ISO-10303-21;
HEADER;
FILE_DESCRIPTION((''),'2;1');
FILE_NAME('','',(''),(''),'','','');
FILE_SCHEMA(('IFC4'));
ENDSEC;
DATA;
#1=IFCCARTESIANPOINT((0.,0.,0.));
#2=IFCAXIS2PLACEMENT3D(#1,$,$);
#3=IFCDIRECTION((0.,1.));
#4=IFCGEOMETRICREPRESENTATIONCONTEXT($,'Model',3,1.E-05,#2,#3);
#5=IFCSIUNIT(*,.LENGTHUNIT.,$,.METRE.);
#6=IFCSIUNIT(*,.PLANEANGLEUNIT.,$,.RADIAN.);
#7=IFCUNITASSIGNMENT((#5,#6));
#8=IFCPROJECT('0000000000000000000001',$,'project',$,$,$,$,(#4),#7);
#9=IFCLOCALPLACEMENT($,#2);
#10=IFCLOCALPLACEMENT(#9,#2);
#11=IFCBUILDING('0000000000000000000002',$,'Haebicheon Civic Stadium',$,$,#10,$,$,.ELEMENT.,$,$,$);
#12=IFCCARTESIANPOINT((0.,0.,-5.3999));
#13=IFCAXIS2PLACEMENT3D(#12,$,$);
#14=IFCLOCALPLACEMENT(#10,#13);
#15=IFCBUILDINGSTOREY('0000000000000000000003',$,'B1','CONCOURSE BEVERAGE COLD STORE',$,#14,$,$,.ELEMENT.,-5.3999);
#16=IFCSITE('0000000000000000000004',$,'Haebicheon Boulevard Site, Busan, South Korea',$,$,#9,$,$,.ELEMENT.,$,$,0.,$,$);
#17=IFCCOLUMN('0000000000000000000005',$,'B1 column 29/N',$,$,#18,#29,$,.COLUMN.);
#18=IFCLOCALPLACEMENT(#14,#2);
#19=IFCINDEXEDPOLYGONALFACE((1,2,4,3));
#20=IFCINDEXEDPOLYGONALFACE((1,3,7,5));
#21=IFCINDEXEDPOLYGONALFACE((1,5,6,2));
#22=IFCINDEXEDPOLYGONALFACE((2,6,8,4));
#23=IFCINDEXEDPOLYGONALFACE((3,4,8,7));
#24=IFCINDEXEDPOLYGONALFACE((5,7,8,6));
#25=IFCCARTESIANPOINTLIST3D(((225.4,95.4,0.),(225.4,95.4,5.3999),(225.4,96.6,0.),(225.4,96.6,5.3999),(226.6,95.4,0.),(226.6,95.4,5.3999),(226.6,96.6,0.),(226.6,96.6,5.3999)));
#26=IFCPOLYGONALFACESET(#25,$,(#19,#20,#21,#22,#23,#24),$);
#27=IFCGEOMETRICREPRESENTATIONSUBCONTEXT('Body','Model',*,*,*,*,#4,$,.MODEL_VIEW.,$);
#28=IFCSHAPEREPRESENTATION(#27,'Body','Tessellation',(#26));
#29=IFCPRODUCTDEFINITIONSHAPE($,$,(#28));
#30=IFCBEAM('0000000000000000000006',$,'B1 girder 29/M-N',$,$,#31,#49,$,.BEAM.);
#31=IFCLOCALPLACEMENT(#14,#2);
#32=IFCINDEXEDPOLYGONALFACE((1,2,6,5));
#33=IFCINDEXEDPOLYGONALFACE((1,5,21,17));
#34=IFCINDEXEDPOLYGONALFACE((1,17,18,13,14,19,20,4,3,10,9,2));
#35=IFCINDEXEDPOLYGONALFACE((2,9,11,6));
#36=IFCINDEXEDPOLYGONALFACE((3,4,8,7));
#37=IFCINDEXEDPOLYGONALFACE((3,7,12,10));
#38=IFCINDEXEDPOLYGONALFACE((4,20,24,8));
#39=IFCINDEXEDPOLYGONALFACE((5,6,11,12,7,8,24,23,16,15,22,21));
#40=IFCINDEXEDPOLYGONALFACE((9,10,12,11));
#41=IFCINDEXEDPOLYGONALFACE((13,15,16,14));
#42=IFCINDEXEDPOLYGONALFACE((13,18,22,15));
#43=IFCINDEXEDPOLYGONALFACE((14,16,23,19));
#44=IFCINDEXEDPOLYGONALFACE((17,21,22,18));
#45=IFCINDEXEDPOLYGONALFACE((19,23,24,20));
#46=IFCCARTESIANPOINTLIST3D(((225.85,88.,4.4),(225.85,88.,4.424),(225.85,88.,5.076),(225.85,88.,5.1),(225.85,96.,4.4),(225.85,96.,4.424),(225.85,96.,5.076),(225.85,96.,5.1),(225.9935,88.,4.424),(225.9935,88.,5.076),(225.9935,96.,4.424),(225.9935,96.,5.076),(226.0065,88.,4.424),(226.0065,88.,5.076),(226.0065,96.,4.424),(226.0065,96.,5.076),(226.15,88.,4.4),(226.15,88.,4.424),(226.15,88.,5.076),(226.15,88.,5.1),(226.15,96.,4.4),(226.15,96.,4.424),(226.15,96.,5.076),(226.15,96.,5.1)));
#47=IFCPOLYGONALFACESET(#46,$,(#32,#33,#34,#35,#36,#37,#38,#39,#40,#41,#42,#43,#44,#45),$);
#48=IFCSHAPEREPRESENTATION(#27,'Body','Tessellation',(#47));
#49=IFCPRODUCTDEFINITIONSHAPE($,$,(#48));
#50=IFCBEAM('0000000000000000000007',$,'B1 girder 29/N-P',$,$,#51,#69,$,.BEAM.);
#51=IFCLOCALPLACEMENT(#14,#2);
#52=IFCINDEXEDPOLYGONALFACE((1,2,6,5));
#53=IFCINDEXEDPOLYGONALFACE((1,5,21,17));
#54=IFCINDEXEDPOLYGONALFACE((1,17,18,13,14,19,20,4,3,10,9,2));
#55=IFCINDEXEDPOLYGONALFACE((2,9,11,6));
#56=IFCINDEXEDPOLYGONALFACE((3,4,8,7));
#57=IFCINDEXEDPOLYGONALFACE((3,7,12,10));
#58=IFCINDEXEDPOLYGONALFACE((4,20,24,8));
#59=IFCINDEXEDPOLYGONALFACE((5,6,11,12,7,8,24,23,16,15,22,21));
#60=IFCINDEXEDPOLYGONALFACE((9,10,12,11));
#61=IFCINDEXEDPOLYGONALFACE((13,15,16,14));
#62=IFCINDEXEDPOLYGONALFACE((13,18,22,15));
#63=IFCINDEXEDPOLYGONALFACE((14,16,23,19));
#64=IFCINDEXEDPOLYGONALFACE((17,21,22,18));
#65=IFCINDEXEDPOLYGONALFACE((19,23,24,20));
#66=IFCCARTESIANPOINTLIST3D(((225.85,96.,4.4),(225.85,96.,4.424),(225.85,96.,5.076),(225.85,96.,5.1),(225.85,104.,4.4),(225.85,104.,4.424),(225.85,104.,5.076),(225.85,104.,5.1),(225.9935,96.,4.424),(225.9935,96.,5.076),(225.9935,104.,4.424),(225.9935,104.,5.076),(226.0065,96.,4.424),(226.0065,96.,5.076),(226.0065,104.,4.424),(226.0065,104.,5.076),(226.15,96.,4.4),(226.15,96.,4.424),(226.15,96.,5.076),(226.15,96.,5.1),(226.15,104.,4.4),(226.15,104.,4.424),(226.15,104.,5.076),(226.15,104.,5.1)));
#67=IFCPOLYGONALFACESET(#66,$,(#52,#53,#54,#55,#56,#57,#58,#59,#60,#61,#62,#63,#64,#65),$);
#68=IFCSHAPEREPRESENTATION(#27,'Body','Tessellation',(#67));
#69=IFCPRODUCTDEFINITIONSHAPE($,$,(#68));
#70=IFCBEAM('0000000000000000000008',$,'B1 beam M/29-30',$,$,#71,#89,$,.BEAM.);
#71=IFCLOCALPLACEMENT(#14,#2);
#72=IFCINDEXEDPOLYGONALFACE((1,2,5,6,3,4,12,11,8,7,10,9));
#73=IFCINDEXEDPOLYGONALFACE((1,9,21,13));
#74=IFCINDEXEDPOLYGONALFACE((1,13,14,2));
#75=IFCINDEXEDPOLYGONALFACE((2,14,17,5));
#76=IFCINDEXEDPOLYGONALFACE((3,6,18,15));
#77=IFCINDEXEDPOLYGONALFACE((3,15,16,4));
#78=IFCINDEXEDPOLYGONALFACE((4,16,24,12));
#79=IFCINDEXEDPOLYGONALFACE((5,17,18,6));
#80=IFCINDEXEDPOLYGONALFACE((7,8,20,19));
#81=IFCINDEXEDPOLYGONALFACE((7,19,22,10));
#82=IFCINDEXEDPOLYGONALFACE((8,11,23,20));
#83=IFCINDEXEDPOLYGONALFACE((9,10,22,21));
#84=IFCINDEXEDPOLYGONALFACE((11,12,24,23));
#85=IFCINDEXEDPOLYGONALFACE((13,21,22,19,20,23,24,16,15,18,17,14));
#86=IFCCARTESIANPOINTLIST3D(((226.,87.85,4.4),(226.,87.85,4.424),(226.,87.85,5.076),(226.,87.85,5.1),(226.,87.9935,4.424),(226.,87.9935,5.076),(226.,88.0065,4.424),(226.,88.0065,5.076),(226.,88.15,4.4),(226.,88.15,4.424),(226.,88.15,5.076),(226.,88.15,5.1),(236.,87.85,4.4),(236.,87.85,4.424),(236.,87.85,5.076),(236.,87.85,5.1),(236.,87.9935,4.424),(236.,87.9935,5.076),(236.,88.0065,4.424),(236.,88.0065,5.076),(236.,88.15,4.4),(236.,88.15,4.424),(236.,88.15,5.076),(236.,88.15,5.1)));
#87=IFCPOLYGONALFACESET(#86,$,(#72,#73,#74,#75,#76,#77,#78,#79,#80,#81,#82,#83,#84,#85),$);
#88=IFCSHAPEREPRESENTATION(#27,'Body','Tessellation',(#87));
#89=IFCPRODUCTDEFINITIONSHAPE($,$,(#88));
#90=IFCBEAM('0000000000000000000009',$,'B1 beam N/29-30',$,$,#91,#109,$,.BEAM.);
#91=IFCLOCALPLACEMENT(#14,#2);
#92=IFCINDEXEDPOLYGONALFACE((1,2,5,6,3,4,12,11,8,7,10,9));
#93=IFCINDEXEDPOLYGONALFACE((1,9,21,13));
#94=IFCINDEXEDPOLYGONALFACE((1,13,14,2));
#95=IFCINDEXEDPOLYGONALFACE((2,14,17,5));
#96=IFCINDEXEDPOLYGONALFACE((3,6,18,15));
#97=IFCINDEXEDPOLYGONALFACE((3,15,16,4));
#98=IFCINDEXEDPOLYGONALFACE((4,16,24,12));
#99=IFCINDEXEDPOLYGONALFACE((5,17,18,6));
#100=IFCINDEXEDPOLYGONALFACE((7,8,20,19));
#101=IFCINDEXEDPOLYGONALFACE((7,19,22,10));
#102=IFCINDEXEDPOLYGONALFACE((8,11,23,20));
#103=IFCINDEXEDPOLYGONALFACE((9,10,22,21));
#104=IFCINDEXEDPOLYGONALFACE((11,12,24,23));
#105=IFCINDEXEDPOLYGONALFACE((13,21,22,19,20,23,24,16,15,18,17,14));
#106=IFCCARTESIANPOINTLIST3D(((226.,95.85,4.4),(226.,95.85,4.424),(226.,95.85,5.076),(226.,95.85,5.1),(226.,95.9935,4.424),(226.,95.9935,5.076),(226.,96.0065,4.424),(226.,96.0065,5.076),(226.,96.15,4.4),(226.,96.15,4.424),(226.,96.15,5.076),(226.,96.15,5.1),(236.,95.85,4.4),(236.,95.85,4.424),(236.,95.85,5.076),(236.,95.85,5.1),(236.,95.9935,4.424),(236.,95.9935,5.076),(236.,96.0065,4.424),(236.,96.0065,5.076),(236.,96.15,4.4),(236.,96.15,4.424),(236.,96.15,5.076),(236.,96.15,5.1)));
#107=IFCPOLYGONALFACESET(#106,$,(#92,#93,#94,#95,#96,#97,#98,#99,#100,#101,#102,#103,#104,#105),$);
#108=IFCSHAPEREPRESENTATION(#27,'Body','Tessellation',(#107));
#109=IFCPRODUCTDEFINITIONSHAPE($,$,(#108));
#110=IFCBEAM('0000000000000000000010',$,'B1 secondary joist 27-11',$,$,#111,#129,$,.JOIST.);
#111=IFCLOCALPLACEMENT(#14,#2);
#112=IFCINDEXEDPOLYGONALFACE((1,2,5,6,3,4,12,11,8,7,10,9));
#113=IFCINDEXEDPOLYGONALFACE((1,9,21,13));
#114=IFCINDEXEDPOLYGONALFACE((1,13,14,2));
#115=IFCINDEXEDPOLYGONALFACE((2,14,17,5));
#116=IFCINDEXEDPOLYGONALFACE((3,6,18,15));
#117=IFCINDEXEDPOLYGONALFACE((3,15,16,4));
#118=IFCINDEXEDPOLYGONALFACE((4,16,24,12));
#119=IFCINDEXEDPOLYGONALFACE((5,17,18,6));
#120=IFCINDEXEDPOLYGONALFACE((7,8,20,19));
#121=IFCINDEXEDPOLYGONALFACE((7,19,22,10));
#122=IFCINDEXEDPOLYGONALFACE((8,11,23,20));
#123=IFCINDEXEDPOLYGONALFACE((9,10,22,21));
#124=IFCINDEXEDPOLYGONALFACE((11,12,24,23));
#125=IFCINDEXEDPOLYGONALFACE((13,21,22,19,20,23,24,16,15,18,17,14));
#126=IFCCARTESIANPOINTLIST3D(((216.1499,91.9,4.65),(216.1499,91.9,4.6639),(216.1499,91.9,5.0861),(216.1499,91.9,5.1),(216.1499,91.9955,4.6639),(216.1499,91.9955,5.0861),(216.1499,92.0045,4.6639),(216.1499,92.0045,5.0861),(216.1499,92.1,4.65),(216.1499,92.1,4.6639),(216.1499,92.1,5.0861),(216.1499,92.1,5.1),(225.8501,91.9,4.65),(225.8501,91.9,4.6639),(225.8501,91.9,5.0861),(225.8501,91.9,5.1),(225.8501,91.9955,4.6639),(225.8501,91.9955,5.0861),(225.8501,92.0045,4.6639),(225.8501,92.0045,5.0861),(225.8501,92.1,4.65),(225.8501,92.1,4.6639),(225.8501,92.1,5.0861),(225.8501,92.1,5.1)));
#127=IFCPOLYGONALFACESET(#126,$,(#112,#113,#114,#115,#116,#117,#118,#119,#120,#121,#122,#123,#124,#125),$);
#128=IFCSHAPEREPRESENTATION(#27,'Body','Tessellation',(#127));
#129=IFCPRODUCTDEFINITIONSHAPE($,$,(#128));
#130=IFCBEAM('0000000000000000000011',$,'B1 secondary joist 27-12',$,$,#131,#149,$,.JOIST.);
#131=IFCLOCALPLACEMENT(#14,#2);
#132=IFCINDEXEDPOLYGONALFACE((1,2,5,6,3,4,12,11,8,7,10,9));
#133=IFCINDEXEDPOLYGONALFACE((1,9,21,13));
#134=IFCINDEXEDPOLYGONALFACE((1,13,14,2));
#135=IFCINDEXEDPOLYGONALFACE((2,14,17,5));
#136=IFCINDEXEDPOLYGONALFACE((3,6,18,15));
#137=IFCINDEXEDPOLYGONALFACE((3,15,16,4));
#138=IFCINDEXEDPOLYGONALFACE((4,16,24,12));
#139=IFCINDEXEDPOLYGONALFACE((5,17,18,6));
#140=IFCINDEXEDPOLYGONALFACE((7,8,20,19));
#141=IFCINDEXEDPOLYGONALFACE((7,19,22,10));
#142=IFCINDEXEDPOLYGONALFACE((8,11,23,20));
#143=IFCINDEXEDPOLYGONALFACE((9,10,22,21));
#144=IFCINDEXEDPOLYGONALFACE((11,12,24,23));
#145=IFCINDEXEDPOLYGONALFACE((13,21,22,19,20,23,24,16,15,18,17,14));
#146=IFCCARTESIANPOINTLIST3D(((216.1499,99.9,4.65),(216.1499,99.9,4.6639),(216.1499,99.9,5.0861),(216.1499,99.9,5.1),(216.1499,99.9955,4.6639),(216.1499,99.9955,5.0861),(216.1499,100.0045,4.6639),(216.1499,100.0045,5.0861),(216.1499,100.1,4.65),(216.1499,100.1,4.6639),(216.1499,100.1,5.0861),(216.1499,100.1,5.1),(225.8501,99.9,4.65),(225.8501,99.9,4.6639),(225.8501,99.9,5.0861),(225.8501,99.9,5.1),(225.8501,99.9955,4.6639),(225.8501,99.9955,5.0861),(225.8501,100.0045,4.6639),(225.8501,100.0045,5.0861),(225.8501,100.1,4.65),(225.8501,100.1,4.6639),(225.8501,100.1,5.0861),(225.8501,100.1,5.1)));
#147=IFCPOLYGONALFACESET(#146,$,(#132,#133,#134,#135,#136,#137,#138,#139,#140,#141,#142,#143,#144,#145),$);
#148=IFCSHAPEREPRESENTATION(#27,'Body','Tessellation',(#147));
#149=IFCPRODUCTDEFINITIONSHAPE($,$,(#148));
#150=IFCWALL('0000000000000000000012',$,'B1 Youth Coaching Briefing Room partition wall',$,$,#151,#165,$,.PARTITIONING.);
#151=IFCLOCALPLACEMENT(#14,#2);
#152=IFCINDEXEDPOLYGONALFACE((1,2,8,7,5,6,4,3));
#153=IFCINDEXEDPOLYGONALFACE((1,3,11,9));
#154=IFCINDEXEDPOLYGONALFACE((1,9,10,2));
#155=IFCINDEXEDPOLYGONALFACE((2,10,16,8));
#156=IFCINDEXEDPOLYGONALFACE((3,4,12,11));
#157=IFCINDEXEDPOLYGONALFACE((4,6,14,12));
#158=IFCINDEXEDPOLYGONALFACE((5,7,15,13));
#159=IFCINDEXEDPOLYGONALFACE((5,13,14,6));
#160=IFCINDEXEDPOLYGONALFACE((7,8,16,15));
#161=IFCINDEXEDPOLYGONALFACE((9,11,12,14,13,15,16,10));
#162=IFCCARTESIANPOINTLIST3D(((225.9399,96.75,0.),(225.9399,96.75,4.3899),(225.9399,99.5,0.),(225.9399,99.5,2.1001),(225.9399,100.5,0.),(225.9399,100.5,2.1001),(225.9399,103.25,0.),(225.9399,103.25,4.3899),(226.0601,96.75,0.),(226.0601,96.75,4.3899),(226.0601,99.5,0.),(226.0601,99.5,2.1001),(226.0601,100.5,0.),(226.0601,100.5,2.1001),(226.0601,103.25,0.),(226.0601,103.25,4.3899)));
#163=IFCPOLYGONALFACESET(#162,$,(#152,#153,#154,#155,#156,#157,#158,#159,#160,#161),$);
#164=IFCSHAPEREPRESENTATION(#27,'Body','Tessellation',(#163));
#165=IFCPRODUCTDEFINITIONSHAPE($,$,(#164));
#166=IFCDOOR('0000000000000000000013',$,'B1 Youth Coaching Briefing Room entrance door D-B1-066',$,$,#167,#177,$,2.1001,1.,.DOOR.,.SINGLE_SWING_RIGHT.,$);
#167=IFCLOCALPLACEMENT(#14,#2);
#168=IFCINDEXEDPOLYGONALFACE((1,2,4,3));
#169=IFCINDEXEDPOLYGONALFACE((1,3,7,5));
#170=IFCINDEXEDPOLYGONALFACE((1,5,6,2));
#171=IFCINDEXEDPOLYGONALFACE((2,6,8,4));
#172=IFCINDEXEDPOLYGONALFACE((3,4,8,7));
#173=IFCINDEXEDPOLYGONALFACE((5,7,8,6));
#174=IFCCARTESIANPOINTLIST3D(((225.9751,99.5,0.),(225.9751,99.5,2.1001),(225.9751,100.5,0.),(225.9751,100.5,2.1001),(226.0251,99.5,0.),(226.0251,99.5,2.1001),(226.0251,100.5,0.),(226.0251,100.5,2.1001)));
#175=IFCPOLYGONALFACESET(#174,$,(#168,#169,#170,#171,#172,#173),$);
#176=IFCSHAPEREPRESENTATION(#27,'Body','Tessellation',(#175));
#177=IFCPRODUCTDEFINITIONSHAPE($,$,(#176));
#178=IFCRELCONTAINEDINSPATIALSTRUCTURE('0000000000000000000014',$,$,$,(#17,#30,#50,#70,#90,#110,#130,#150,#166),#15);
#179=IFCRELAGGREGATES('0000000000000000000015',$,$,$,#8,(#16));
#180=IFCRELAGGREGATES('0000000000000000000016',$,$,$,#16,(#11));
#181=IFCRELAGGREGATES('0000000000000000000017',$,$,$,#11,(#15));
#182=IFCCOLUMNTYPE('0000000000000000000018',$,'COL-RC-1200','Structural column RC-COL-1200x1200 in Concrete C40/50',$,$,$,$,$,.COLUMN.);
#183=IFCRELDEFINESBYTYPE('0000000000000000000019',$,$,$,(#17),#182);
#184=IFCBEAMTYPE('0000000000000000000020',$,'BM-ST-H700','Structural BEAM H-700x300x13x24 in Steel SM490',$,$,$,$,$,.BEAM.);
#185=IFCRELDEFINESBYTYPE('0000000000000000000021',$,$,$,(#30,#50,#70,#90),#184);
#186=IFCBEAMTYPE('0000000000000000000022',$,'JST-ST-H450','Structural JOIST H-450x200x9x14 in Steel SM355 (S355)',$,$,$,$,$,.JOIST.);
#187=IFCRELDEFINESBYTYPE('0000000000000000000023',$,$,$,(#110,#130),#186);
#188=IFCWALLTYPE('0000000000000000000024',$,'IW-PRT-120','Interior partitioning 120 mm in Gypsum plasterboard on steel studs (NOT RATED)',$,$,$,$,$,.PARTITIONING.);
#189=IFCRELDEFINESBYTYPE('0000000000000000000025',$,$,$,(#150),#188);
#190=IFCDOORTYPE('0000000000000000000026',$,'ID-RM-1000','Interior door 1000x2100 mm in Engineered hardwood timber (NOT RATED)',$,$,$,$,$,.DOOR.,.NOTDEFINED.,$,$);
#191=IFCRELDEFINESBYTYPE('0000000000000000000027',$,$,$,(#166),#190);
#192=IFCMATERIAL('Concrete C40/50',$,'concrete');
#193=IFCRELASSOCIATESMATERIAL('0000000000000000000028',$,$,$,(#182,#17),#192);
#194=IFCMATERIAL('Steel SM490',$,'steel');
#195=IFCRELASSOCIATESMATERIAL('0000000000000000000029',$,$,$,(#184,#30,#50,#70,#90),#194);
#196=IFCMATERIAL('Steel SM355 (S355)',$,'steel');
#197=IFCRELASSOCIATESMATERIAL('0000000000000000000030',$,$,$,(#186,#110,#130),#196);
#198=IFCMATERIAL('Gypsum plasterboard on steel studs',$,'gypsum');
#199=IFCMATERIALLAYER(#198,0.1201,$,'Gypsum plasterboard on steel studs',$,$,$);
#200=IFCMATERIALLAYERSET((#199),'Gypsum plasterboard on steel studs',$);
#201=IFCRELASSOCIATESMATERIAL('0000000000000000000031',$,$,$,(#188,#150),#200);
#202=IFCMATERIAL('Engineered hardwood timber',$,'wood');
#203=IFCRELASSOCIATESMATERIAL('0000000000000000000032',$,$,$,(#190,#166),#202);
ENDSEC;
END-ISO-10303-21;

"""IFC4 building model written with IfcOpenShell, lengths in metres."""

from ifc_helpers import new_model, si_unit, direction, frame, frame_2d, origin, origin_2d, place, context, subcontext, project, spatial, rectangle, i_section, extrude, material, layer, layer_set, material_profile, profile_set, type_object, element, fill, save


model = new_model("IFC4")

# Units and contexts
model_context = context("Model", 3, precision=1e-05, world=origin(), true_north=direction((0.0, 1.0)))
body_context = subcontext(model_context, "Body", "Model", "MODEL_VIEW")
ifc_project = project(units=[si_unit("LENGTHUNIT", "METRE"), si_unit("PLANEANGLEUNIT", "RADIAN")], contexts=[model_context])

# Site, building, storey
site_placement = place(None, origin())
site = spatial("IfcSite", under=ifc_project, at=site_placement, Name="Haebicheon Boulevard Site, Busan, South Korea", CompositionType="ELEMENT", RefElevation=0.0)
building_placement = place(site_placement, origin())
building = spatial("IfcBuilding", under=site, at=building_placement, Name="Haebicheon Civic Stadium", CompositionType="ELEMENT")
storey_placement = place(building_placement, frame((0.0, 0.0, -5.3999)))
storey = spatial("IfcBuildingStorey", under=building, at=storey_placement, Name="B1", Description="CONCOURSE BEVERAGE COLD STORE", CompositionType="ELEMENT", Elevation=-5.3999)

# Column
ifc_material_1 = material(Name="Concrete C40/50", Category="concrete")
ifc_material_profile_1 = material_profile(ifc_material_1, rectangle(XDim=1.2, YDim=1.2, at=origin_2d()), Name="RC-COL-1200x1200")
ifc_profile_set_1 = profile_set([ifc_material_profile_1], Name="Concrete C40/50")
column_type = type_object("IfcColumnType", Name="COL-RC-1200", Description="Structural column RC-COL-1200x1200 in Concrete C40/50", PredefinedType="COLUMN", material=ifc_profile_set_1)
for number, where, z_axis, x_axis, name in (
    (1, (226.0, 96.0, 0.0), (0.0, 0.0, 1.0), (1.0, 0.0, 0.0), "B1 column 29/N"),
):
    element("IfcColumn", number, at=place(storey_placement, frame(where, z_axis=z_axis, x_axis=x_axis)), inside=storey, type_object=column_type, material=ifc_profile_set_1, Name=name, PredefinedType="COLUMN", context=body_context, shape_type="SweptSolid", body=[
        extrude(rectangle(XDim=1.2, YDim=1.2, at=origin_2d()), origin(), (0.0, 0.0, 1.0), 5.3999),
    ])

# Beams
ifc_material_2 = material(Name="Steel SM490", Category="steel")
ifc_material_profile_2 = material_profile(ifc_material_2, i_section(OverallWidth=0.3, OverallDepth=0.7, WebThickness=0.0129, FlangeThickness=0.0239, at=origin_2d()), Name="H-700x300x13x24")
ifc_profile_set_2 = profile_set([ifc_material_profile_2], Name="Steel SM490")
beam_type_1 = type_object("IfcBeamType", Name="BM-ST-H700", Description="Structural BEAM H-700x300x13x24 in Steel SM490", PredefinedType="BEAM", material=ifc_profile_set_2)
for number, where, z_axis, x_axis, name in (
    (2, (226.0, 88.0, 4.75), (0.0, 1.0, 0.0), (-1.0, 0.0, 0.0), "B1 girder 29/M-N"),
    (3, (226.0, 96.0, 4.75), (0.0, 1.0, 0.0), (-1.0, 0.0, 0.0), "B1 girder 29/N-P"),
):
    element("IfcBeam", number, at=place(storey_placement, frame(where, z_axis=z_axis, x_axis=x_axis)), inside=storey, type_object=beam_type_1, material=ifc_profile_set_2, Name=name, PredefinedType="BEAM", context=body_context, shape_type="SweptSolid", body=[
        extrude(i_section(OverallWidth=0.3, OverallDepth=0.7, WebThickness=0.0129, FlangeThickness=0.0239, at=origin_2d()), origin(), (0.0, 0.0, 1.0), 8.0),
    ])
for number, where, z_axis, x_axis, name in (
    (4, (226.0, 88.0, 4.75), (1.0, 0.0, 0.0), (0.0, 1.0, 0.0), "B1 beam M/29-30"),
    (5, (226.0, 96.0, 4.75), (1.0, 0.0, 0.0), (0.0, 1.0, 0.0), "B1 beam N/29-30"),
):
    element("IfcBeam", number, at=place(storey_placement, frame(where, z_axis=z_axis, x_axis=x_axis)), inside=storey, type_object=beam_type_1, material=ifc_profile_set_2, Name=name, PredefinedType="BEAM", context=body_context, shape_type="SweptSolid", body=[
        extrude(i_section(OverallWidth=0.3, OverallDepth=0.7, WebThickness=0.0129, FlangeThickness=0.0239, at=origin_2d()), origin(), (0.0, 0.0, 1.0), 10.0),
    ])
ifc_material_3 = material(Name="Steel SM355 (S355)", Category="steel")
ifc_material_profile_3 = material_profile(ifc_material_3, i_section(OverallWidth=0.2, OverallDepth=0.45, WebThickness=0.009, FlangeThickness=0.0139, at=origin_2d()), Name="H-450x200x9x14")
ifc_profile_set_3 = profile_set([ifc_material_profile_3], Name="Steel SM355 (S355)")
beam_type_2 = type_object("IfcBeamType", Name="JST-ST-H450", Description="Structural JOIST H-450x200x9x14 in Steel SM355 (S355)", PredefinedType="JOIST", material=ifc_profile_set_3)
for number, where, z_axis, x_axis, name in (
    (6, (216.1499, 92.0, 4.875), (1.0, 0.0, 0.0), (0.0, 1.0, 0.0), "B1 secondary joist 27-11"),
    (7, (216.1499, 100.0, 4.875), (1.0, 0.0, 0.0), (0.0, 1.0, 0.0), "B1 secondary joist 27-12"),
):
    element("IfcBeam", number, at=place(storey_placement, frame(where, z_axis=z_axis, x_axis=x_axis)), inside=storey, type_object=beam_type_2, material=ifc_profile_set_3, Name=name, PredefinedType="JOIST", context=body_context, shape_type="SweptSolid", body=[
        extrude(i_section(OverallWidth=0.2, OverallDepth=0.45, WebThickness=0.009, FlangeThickness=0.0139, at=origin_2d()), origin(), (0.0, 0.0, 1.0), 9.7002),
    ])

# Wall, opening, door
ifc_material_4 = material(Name="Gypsum plasterboard on steel studs", Category="gypsum")
ifc_layer_1 = layer(ifc_material_4, 0.1201, Name="Gypsum plasterboard on steel studs")
ifc_layer_set_1 = layer_set([ifc_layer_1], Name="Gypsum plasterboard on steel studs")
wall_type = type_object("IfcWallType", Name="IW-PRT-120", Description="Interior partitioning 120 mm in Gypsum plasterboard on steel studs (NOT RATED)", PredefinedType="PARTITIONING", material=ifc_layer_set_1)
wall_placement = place(storey_placement, frame((226.0, 96.75, 0.0), z_axis=(0.0, 0.0, 1.0), x_axis=(0.0, 1.0, 0.0)))
wall = element("IfcWall", 8, at=wall_placement, inside=storey, type_object=wall_type, material=ifc_layer_set_1, Name="B1 Youth Coaching Briefing Room partition wall", PredefinedType="PARTITIONING", context=body_context, shape_type="SweptSolid", body=[
    extrude(rectangle(XDim=6.5, YDim=0.1201, at=frame_2d((3.25, 0.0))), origin(), (0.0, 0.0, 1.0), 4.3899),
])
opening_placement = place(wall_placement, frame((2.75, 0.0, 0.0)))
opening = element("IfcOpeningElement", 9, at=opening_placement, cuts=wall, PredefinedType="OPENING", context=body_context, shape_type="SweptSolid", body=[
    extrude(rectangle(XDim=1.0, YDim=2.1001, at=frame_2d((0.5, 1.05))), frame((0.0, 0.0701, 0.0), z_axis=(0.0, -1.0, 0.0), x_axis=(1.0, 0.0, 0.0)), (0.0, 0.0, 1.0), 0.1401),
])
ifc_material_5 = material(Name="Engineered hardwood timber", Category="wood")
door_type = type_object("IfcDoorType", Name="ID-RM-1000", Description="Interior door 1000x2100 mm in Engineered hardwood timber (NOT RATED)", OperationType="NOTDEFINED", PredefinedType="DOOR", material=ifc_material_5)
door_placement = place(opening_placement, origin())
door = element("IfcDoor", 10, at=door_placement, inside=storey, type_object=door_type, material=ifc_material_5, Name="B1 Youth Coaching Briefing Room entrance door D-B1-066", OperationType="SINGLE_SWING_RIGHT", OverallHeight=2.1001, OverallWidth=1.0, PredefinedType="DOOR", context=body_context, shape_type="SweptSolid", body=[
    extrude(rectangle(XDim=1.0, YDim=2.1001, at=frame_2d((0.5, 1.05))), frame((0.0, 0.0249, 0.0), z_axis=(0.0, -1.0, 0.0), x_axis=(1.0, 0.0, 0.0)), (0.0, 0.0, 1.0), 0.05),
])
fill(opening, door)

save(model, "model.ifc")
